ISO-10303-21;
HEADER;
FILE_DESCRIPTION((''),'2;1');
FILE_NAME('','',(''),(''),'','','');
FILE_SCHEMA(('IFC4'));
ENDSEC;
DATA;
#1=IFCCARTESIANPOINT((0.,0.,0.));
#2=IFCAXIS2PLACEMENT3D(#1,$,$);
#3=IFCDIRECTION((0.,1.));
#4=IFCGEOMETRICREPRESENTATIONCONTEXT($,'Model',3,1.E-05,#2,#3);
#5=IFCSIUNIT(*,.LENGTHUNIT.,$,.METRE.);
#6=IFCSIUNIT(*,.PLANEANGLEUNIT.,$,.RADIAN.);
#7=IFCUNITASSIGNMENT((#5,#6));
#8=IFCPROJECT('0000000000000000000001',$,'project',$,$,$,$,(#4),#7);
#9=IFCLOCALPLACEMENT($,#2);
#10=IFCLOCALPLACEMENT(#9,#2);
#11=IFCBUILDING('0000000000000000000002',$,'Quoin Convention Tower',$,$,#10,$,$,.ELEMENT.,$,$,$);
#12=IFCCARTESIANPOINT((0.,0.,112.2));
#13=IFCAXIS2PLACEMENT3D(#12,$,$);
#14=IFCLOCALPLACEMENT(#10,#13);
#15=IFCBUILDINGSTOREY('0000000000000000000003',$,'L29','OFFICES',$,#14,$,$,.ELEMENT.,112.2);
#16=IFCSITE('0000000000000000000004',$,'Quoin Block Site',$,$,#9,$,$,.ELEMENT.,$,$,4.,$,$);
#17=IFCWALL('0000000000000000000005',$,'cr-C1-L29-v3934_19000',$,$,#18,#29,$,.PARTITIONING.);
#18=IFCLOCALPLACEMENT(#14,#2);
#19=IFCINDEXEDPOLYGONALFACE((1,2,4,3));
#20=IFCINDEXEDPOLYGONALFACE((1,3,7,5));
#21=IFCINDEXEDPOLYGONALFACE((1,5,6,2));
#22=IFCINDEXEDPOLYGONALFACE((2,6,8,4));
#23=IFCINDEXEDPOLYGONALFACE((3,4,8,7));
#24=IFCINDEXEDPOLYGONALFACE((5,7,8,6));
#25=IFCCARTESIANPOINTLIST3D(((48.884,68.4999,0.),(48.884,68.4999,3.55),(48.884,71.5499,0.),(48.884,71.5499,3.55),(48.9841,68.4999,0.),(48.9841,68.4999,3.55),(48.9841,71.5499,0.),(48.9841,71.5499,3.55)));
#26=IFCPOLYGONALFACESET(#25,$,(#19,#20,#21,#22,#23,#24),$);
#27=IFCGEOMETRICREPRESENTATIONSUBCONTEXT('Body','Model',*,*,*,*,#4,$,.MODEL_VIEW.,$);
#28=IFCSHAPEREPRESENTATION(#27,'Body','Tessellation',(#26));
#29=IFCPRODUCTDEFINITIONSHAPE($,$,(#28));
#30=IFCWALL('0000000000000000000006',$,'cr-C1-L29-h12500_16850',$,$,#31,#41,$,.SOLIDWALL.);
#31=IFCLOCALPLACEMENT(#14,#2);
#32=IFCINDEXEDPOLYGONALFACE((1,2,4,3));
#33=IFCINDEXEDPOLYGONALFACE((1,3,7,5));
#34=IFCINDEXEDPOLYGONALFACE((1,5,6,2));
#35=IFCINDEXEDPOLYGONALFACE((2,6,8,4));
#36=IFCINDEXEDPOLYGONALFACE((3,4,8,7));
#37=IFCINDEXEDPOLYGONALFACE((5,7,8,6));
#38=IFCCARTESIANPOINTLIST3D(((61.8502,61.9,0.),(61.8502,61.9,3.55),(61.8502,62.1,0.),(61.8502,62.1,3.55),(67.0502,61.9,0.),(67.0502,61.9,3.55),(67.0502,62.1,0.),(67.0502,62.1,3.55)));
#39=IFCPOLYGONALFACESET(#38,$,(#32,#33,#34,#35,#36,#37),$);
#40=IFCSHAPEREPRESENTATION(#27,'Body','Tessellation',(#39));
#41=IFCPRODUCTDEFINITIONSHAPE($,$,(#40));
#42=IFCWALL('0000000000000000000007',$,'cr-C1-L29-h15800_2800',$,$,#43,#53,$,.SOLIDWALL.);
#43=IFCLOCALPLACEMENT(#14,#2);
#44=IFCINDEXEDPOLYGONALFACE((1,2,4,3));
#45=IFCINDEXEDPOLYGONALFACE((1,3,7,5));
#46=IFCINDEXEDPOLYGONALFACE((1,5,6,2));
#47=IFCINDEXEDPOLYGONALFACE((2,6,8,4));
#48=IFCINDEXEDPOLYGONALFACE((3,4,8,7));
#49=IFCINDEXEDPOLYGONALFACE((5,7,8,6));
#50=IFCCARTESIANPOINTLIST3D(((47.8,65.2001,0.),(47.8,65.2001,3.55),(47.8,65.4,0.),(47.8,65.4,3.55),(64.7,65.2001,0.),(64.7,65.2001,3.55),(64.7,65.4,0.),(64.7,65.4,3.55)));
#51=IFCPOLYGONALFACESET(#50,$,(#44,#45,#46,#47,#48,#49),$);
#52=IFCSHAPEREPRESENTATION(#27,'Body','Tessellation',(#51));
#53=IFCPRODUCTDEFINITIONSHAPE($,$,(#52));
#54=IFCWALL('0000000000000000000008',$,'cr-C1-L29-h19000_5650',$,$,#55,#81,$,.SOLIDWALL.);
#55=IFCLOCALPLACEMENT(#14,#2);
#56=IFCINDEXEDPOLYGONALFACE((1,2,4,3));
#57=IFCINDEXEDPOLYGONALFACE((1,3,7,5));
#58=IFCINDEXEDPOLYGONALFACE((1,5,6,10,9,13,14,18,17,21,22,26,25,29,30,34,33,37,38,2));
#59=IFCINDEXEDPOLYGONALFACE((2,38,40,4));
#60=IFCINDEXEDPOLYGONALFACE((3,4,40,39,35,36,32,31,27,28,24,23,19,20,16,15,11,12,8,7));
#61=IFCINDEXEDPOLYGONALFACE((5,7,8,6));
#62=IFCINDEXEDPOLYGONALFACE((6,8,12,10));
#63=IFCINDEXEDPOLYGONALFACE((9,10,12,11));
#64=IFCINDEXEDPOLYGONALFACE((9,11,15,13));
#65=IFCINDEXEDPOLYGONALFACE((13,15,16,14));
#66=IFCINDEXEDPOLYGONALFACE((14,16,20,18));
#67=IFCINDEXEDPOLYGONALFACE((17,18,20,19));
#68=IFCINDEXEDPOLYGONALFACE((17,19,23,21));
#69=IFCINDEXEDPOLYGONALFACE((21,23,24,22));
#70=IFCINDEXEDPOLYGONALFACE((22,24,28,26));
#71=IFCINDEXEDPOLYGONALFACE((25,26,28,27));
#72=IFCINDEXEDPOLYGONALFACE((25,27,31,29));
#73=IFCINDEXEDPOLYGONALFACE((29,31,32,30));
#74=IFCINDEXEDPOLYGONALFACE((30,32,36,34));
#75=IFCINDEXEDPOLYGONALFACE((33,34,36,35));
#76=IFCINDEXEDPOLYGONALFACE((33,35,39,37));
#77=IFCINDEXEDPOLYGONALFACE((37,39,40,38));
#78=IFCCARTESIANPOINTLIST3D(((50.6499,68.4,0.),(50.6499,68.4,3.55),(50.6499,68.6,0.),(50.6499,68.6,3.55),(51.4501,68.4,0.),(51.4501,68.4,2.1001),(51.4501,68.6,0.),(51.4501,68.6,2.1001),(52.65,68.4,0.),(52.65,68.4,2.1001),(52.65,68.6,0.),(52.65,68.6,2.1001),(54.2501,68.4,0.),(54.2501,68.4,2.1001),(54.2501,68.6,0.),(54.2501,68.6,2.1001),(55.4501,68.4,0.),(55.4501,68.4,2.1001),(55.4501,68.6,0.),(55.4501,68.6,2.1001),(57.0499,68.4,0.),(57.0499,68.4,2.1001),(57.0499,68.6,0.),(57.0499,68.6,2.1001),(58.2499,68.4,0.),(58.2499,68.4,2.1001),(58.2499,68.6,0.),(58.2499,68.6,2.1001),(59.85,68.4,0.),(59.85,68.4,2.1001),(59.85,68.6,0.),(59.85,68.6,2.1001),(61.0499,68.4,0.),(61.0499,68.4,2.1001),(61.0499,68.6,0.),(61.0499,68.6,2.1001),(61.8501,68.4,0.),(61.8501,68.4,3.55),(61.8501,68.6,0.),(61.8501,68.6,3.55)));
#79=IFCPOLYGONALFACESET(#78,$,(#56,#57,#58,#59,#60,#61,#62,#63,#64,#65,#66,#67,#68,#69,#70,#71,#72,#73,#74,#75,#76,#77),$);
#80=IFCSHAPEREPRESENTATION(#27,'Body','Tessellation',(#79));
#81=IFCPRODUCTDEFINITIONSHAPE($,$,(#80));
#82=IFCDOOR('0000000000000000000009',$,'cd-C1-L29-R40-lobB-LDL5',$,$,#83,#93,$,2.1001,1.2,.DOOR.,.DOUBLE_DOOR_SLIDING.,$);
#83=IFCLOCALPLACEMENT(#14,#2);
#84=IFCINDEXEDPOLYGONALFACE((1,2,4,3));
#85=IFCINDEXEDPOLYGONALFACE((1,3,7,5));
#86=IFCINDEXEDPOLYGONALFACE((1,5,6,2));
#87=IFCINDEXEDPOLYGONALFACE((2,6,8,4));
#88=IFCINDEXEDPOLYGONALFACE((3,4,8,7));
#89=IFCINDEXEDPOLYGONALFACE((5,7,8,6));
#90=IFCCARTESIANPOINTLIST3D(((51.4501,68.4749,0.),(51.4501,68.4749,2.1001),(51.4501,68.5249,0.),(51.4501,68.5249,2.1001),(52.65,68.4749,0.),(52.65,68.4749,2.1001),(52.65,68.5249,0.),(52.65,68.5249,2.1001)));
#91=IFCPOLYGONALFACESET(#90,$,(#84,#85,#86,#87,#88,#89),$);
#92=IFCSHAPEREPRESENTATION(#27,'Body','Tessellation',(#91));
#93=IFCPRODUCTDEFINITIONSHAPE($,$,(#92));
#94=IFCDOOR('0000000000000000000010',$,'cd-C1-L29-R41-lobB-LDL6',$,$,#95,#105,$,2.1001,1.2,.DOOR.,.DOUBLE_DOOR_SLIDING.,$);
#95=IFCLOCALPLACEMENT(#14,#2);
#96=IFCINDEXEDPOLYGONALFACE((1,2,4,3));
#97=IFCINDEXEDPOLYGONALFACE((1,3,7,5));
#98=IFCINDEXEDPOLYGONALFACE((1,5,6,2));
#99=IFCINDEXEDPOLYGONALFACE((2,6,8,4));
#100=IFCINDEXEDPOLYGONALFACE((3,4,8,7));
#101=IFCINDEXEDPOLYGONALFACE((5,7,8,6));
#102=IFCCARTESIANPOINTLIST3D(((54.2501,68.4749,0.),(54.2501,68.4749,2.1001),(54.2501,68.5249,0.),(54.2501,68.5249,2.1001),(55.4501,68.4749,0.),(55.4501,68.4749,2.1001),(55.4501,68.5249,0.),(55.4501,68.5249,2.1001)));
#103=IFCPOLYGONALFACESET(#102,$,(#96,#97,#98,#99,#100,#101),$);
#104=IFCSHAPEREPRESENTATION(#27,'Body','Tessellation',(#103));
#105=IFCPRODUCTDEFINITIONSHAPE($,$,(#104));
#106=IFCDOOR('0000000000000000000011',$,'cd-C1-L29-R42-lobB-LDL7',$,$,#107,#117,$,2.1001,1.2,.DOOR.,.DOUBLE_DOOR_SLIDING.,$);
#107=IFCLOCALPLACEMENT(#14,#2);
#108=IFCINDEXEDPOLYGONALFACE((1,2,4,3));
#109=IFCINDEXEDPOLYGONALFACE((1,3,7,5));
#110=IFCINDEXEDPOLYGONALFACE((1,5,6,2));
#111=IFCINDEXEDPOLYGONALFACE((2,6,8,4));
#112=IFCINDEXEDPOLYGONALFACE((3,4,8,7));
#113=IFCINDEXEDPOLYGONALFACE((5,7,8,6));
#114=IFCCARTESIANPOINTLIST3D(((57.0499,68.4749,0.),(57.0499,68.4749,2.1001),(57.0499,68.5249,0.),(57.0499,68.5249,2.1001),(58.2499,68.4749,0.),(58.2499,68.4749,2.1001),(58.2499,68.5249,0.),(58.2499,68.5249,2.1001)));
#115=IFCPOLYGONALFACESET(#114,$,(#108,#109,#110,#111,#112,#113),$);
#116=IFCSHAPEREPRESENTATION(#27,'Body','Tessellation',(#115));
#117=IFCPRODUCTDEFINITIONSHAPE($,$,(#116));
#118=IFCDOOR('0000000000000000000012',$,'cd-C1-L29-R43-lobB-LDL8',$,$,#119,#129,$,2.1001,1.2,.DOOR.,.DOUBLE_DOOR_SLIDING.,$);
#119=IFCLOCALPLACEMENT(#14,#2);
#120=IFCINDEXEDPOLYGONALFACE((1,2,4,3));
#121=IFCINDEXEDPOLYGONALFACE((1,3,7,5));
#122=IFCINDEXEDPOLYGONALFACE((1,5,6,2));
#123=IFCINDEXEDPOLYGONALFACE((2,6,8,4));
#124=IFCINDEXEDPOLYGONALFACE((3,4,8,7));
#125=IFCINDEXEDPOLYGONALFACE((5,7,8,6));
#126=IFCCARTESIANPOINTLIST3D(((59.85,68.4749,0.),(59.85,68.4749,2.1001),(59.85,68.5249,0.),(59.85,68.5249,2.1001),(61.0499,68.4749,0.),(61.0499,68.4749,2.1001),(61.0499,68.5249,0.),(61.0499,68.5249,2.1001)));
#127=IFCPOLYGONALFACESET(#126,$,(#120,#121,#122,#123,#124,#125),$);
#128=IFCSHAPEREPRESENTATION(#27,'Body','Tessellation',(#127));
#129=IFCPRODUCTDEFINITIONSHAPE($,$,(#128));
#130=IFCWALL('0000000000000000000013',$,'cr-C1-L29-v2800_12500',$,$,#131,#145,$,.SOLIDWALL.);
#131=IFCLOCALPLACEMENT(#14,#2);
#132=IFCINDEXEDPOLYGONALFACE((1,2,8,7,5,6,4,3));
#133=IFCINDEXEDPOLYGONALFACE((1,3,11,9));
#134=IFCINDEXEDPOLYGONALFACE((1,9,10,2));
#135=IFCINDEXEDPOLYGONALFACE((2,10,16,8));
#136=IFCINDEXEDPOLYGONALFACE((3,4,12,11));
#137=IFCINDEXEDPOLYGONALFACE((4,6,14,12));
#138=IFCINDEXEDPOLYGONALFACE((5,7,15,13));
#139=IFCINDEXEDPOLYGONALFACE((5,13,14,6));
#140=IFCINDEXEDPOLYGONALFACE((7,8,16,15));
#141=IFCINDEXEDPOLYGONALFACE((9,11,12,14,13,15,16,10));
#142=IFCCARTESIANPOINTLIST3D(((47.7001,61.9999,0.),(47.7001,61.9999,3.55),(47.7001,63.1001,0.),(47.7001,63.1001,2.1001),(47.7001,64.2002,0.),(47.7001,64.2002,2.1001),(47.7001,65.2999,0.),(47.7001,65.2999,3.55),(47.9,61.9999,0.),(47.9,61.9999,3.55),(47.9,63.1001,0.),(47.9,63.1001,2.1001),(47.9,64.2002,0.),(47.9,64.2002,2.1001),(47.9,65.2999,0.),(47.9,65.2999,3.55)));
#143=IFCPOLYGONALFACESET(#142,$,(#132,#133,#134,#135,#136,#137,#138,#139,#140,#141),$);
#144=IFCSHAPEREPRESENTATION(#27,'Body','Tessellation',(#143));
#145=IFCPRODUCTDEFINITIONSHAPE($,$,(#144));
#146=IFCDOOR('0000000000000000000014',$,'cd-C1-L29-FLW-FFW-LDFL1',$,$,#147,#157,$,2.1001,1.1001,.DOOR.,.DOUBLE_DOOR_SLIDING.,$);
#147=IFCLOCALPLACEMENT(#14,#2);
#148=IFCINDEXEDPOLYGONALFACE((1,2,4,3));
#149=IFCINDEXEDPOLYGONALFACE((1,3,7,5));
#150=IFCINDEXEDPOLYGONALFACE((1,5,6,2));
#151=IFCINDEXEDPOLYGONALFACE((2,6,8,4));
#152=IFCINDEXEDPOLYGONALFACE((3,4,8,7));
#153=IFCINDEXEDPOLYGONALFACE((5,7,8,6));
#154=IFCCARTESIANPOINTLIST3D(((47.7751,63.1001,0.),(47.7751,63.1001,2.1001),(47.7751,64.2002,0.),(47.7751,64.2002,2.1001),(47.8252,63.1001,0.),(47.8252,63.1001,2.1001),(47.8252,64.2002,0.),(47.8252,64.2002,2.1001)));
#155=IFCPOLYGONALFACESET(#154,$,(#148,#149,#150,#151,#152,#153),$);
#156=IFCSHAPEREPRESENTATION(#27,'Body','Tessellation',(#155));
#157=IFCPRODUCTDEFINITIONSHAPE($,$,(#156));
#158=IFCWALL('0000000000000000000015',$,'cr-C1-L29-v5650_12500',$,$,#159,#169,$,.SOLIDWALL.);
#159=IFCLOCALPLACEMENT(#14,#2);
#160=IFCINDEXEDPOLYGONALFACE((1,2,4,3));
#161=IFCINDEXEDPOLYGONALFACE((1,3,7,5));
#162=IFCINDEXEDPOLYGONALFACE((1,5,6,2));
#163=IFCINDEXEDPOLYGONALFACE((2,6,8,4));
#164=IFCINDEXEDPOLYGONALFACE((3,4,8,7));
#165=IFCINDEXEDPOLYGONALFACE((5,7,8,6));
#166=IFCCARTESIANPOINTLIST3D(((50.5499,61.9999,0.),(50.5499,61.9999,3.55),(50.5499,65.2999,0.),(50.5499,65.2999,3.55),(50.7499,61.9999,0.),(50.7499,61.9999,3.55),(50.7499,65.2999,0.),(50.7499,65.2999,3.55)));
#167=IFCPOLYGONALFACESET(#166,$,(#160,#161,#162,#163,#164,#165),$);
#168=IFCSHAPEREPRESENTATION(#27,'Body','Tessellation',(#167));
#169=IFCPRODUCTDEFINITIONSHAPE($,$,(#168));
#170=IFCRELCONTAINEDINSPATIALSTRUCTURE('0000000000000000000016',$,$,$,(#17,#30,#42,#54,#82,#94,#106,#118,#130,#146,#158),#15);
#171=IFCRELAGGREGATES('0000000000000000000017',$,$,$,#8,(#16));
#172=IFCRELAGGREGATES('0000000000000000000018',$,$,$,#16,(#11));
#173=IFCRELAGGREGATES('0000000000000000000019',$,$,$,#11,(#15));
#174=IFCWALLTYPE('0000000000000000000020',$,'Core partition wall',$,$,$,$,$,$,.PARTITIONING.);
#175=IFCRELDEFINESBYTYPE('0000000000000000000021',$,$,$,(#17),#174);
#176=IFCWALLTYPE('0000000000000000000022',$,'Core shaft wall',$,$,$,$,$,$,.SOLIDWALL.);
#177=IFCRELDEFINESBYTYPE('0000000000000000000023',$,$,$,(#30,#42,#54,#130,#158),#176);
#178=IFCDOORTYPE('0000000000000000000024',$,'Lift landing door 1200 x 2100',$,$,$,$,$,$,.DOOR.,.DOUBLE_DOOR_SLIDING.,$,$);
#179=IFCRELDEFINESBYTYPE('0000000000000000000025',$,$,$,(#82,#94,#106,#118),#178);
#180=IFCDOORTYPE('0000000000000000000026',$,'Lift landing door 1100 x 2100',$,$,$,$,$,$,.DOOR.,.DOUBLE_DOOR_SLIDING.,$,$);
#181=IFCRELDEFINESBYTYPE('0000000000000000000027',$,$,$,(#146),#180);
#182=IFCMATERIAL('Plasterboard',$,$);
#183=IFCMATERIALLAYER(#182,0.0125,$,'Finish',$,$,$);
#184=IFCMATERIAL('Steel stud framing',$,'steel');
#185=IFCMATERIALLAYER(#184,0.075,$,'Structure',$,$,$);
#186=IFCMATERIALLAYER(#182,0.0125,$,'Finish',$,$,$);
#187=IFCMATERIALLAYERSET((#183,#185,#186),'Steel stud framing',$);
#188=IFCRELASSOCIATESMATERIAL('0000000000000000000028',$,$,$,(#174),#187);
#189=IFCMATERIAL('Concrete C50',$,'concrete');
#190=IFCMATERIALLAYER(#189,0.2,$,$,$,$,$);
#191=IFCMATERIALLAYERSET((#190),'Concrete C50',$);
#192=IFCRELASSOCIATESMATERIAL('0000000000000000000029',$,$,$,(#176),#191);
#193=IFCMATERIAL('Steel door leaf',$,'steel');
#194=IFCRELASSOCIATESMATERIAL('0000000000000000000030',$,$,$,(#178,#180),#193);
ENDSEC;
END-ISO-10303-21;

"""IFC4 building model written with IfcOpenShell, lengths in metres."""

from ifc_helpers import new_model, si_unit, direction, frame, frame_2d, origin, place, context, subcontext, project, spatial, rectangle, extrude, material, layer, layer_set, type_object, element, fill, save


model = new_model("IFC4")

# Units and contexts
model_context = context("Model", 3, precision=1e-05, world=origin(), true_north=direction((0.0, 1.0)))
body_context = subcontext(model_context, "Body", "Model", "MODEL_VIEW")
ifc_project = project(units=[si_unit("LENGTHUNIT", "METRE"), si_unit("PLANEANGLEUNIT", "RADIAN")], contexts=[model_context])

# Site, building, storey
site_placement = place(None, origin())
site = spatial("IfcSite", under=ifc_project, at=site_placement, Name="Quoin Block Site", CompositionType="ELEMENT", RefElevation=4.0)
building_placement = place(site_placement, origin())
building = spatial("IfcBuilding", under=site, at=building_placement, Name="Quoin Convention Tower", CompositionType="ELEMENT")
storey_placement = place(building_placement, frame((0.0, 0.0, 112.2)))
storey = spatial("IfcBuildingStorey", under=building, at=storey_placement, Name="L29", Description="OFFICES", CompositionType="ELEMENT", Elevation=112.2)

# Walls
ifc_material_1 = material(Name="Plasterboard")
ifc_layer_1 = layer(ifc_material_1, 0.0125, Name="Finish")
ifc_material_2 = material(Name="Steel stud framing", Category="steel")
ifc_layer_2 = layer(ifc_material_2, 0.075, Name="Structure")
ifc_layer_3 = layer(ifc_material_1, 0.0125, Name="Finish")
ifc_layer_set_1 = layer_set([ifc_layer_1, ifc_layer_2, ifc_layer_3], Name="Steel stud framing")
wall_type_1 = type_object("IfcWallType", Name="Core partition wall", PredefinedType="PARTITIONING", material=ifc_layer_set_1)
wall_1_placement = place(storey_placement, frame((48.9341, 68.5, 0.0), z_axis=(0.0, 0.0, 1.0), x_axis=(0.0, 1.0, 0.0)))
element("IfcWall", 1, at=wall_1_placement, inside=storey, type_object=wall_type_1, Name="cr-C1-L29-v3934_19000", PredefinedType="PARTITIONING", context=body_context, shape_type="SweptSolid", body=[
    extrude(rectangle(XDim=3.05, YDim=0.1001, at=frame_2d((1.5249, 0.0))), origin(), (0.0, 0.0, 1.0), 3.55),
])
ifc_material_3 = material(Name="Concrete C50", Category="concrete")
ifc_layer_4 = layer(ifc_material_3, 0.2)
ifc_layer_set_2 = layer_set([ifc_layer_4], Name="Concrete C50")
wall_type_2 = type_object("IfcWallType", Name="Core shaft wall", PredefinedType="SOLIDWALL", material=ifc_layer_set_2)
wall_2_placement = place(storey_placement, frame((61.8501, 62.0, 0.0), z_axis=(0.0, 0.0, 1.0), x_axis=(1.0, 0.0, 0.0)))
element("IfcWall", 2, at=wall_2_placement, inside=storey, type_object=wall_type_2, Name="cr-C1-L29-h12500_16850", PredefinedType="SOLIDWALL", context=body_context, shape_type="SweptSolid", body=[
    extrude(rectangle(XDim=5.2, YDim=0.2, at=frame_2d((2.6001, 0.0))), origin(), (0.0, 0.0, 1.0), 3.55),
])
wall_3_placement = place(storey_placement, frame((47.8, 65.3, 0.0), z_axis=(0.0, 0.0, 1.0), x_axis=(1.0, 0.0, 0.0)))
element("IfcWall", 3, at=wall_3_placement, inside=storey, type_object=wall_type_2, Name="cr-C1-L29-h15800_2800", PredefinedType="SOLIDWALL", context=body_context, shape_type="SweptSolid", body=[
    extrude(rectangle(XDim=16.8999, YDim=0.2, at=frame_2d((8.45, 0.0))), origin(), (0.0, 0.0, 1.0), 3.55),
])

# Wall, openings, doors
wall_4_placement = place(storey_placement, frame((50.6499, 68.5, 0.0), z_axis=(0.0, 0.0, 1.0), x_axis=(1.0, 0.0, 0.0)))
wall_4 = element("IfcWall", 4, at=wall_4_placement, inside=storey, type_object=wall_type_2, Name="cr-C1-L29-h19000_5650", PredefinedType="SOLIDWALL", context=body_context, shape_type="SweptSolid", body=[
    extrude(rectangle(XDim=11.2002, YDim=0.2, at=frame_2d((5.6001, 0.0))), origin(), (0.0, 0.0, 1.0), 3.55),
])
opening_1_placement = place(wall_4_placement, frame((0.8, 0.0, 0.0)))
opening_1 = element("IfcOpeningElement", 5, at=opening_1_placement, cuts=wall_4, PredefinedType="OPENING", context=body_context, shape_type="SweptSolid", body=[
    extrude(rectangle(XDim=1.2, YDim=2.1001, at=frame_2d((0.6001, 1.05))), frame((0.0, 0.1099, 0.0), z_axis=(0.0, -1.0, 0.0), x_axis=(1.0, 0.0, 0.0)), (0.0, 0.0, 1.0), 0.22),
])
opening_2_placement = place(wall_4_placement, frame((3.6001, 0.0, 0.0)))
opening_2 = element("IfcOpeningElement", 6, at=opening_2_placement, cuts=wall_4, PredefinedType="OPENING", context=body_context, shape_type="SweptSolid", body=[
    extrude(rectangle(XDim=1.2, YDim=2.1001, at=frame_2d((0.6001, 1.05))), frame((0.0, 0.1099, 0.0), z_axis=(0.0, -1.0, 0.0), x_axis=(1.0, 0.0, 0.0)), (0.0, 0.0, 1.0), 0.22),
])
opening_3_placement = place(wall_4_placement, frame((6.3999, 0.0, 0.0)))
opening_3 = element("IfcOpeningElement", 7, at=opening_3_placement, cuts=wall_4, PredefinedType="OPENING", context=body_context, shape_type="SweptSolid", body=[
    extrude(rectangle(XDim=1.2, YDim=2.1001, at=frame_2d((0.6001, 1.05))), frame((0.0, 0.1099, 0.0), z_axis=(0.0, -1.0, 0.0), x_axis=(1.0, 0.0, 0.0)), (0.0, 0.0, 1.0), 0.22),
])
opening_4_placement = place(wall_4_placement, frame((9.2, 0.0, 0.0)))
opening_4 = element("IfcOpeningElement", 8, at=opening_4_placement, cuts=wall_4, PredefinedType="OPENING", context=body_context, shape_type="SweptSolid", body=[
    extrude(rectangle(XDim=1.2, YDim=2.1001, at=frame_2d((0.6001, 1.05))), frame((0.0, 0.1099, 0.0), z_axis=(0.0, -1.0, 0.0), x_axis=(1.0, 0.0, 0.0)), (0.0, 0.0, 1.0), 0.22),
])
ifc_material_4 = material(Name="Steel door leaf", Category="steel")
door_type_1 = type_object("IfcDoorType", Name="Lift landing door 1200 x 2100", OperationType="DOUBLE_DOOR_SLIDING", PredefinedType="DOOR", material=ifc_material_4)
door_1_placement = place(opening_1_placement, origin())
door_1 = element("IfcDoor", 9, at=door_1_placement, inside=storey, type_object=door_type_1, Name="cd-C1-L29-R40-lobB-LDL5", OperationType="DOUBLE_DOOR_SLIDING", OverallHeight=2.1001, OverallWidth=1.2, PredefinedType="DOOR", context=body_context, shape_type="SweptSolid", body=[
    extrude(rectangle(XDim=1.2, YDim=2.1001, at=frame_2d((0.6001, 1.05))), frame((0.0, 0.0249, 0.0), z_axis=(0.0, -1.0, 0.0), x_axis=(1.0, 0.0, 0.0)), (0.0, 0.0, 1.0), 0.05),
])
fill(opening_1, door_1)
door_2_placement = place(opening_2_placement, origin())
door_2 = element("IfcDoor", 10, at=door_2_placement, inside=storey, type_object=door_type_1, Name="cd-C1-L29-R41-lobB-LDL6", OperationType="DOUBLE_DOOR_SLIDING", OverallHeight=2.1001, OverallWidth=1.2, PredefinedType="DOOR", context=body_context, shape_type="SweptSolid", body=[
    extrude(rectangle(XDim=1.2, YDim=2.1001, at=frame_2d((0.6001, 1.05))), frame((0.0, 0.0249, 0.0), z_axis=(0.0, -1.0, 0.0), x_axis=(1.0, 0.0, 0.0)), (0.0, 0.0, 1.0), 0.05),
])
fill(opening_2, door_2)
door_3_placement = place(opening_3_placement, origin())
door_3 = element("IfcDoor", 11, at=door_3_placement, inside=storey, type_object=door_type_1, Name="cd-C1-L29-R42-lobB-LDL7", OperationType="DOUBLE_DOOR_SLIDING", OverallHeight=2.1001, OverallWidth=1.2, PredefinedType="DOOR", context=body_context, shape_type="SweptSolid", body=[
    extrude(rectangle(XDim=1.2, YDim=2.1001, at=frame_2d((0.6001, 1.05))), frame((0.0, 0.0249, 0.0), z_axis=(0.0, -1.0, 0.0), x_axis=(1.0, 0.0, 0.0)), (0.0, 0.0, 1.0), 0.05),
])
fill(opening_3, door_3)
door_4_placement = place(opening_4_placement, origin())
door_4 = element("IfcDoor", 12, at=door_4_placement, inside=storey, type_object=door_type_1, Name="cd-C1-L29-R43-lobB-LDL8", OperationType="DOUBLE_DOOR_SLIDING", OverallHeight=2.1001, OverallWidth=1.2, PredefinedType="DOOR", context=body_context, shape_type="SweptSolid", body=[
    extrude(rectangle(XDim=1.2, YDim=2.1001, at=frame_2d((0.6001, 1.05))), frame((0.0, 0.0249, 0.0), z_axis=(0.0, -1.0, 0.0), x_axis=(1.0, 0.0, 0.0)), (0.0, 0.0, 1.0), 0.05),
])
fill(opening_4, door_4)

# Wall, opening, door
wall_5_placement = place(storey_placement, frame((47.8, 62.0, 0.0), z_axis=(0.0, 0.0, 1.0), x_axis=(0.0, 1.0, 0.0)))
wall_5 = element("IfcWall", 13, at=wall_5_placement, inside=storey, type_object=wall_type_2, Name="cr-C1-L29-v2800_12500", PredefinedType="SOLIDWALL", context=body_context, shape_type="SweptSolid", body=[
    extrude(rectangle(XDim=3.3, YDim=0.2, at=frame_2d((1.6499, 0.0))), origin(), (0.0, 0.0, 1.0), 3.55),
])
opening_5_placement = place(wall_5_placement, frame((1.1001, 0.0, 0.0)))
opening_5 = element("IfcOpeningElement", 14, at=opening_5_placement, cuts=wall_5, PredefinedType="OPENING", context=body_context, shape_type="SweptSolid", body=[
    extrude(rectangle(XDim=1.1001, YDim=2.1001, at=frame_2d((0.55, 1.05))), frame((0.0, 0.1099, 0.0), z_axis=(0.0, -1.0, 0.0), x_axis=(1.0, 0.0, 0.0)), (0.0, 0.0, 1.0), 0.22),
])
door_type_2 = type_object("IfcDoorType", Name="Lift landing door 1100 x 2100", OperationType="DOUBLE_DOOR_SLIDING", PredefinedType="DOOR", material=ifc_material_4)
door_5_placement = place(opening_5_placement, origin())
door_5 = element("IfcDoor", 15, at=door_5_placement, inside=storey, type_object=door_type_2, Name="cd-C1-L29-FLW-FFW-LDFL1", OperationType="DOUBLE_DOOR_SLIDING", OverallHeight=2.1001, OverallWidth=1.1001, PredefinedType="DOOR", context=body_context, shape_type="SweptSolid", body=[
    extrude(rectangle(XDim=1.1001, YDim=2.1001, at=frame_2d((0.55, 1.05))), frame((0.0, 0.0249, 0.0), z_axis=(0.0, -1.0, 0.0), x_axis=(1.0, 0.0, 0.0)), (0.0, 0.0, 1.0), 0.05),
])
fill(opening_5, door_5)

# Wall
wall_6_placement = place(storey_placement, frame((50.6499, 62.0, 0.0), z_axis=(0.0, 0.0, 1.0), x_axis=(0.0, 1.0, 0.0)))
element("IfcWall", 16, at=wall_6_placement, inside=storey, type_object=wall_type_2, Name="cr-C1-L29-v5650_12500", PredefinedType="SOLIDWALL", context=body_context, shape_type="SweptSolid", body=[
    extrude(rectangle(XDim=3.3, YDim=0.2, at=frame_2d((1.6499, 0.0))), origin(), (0.0, 0.0, 1.0), 3.55),
])

save(model, "model.ifc")
